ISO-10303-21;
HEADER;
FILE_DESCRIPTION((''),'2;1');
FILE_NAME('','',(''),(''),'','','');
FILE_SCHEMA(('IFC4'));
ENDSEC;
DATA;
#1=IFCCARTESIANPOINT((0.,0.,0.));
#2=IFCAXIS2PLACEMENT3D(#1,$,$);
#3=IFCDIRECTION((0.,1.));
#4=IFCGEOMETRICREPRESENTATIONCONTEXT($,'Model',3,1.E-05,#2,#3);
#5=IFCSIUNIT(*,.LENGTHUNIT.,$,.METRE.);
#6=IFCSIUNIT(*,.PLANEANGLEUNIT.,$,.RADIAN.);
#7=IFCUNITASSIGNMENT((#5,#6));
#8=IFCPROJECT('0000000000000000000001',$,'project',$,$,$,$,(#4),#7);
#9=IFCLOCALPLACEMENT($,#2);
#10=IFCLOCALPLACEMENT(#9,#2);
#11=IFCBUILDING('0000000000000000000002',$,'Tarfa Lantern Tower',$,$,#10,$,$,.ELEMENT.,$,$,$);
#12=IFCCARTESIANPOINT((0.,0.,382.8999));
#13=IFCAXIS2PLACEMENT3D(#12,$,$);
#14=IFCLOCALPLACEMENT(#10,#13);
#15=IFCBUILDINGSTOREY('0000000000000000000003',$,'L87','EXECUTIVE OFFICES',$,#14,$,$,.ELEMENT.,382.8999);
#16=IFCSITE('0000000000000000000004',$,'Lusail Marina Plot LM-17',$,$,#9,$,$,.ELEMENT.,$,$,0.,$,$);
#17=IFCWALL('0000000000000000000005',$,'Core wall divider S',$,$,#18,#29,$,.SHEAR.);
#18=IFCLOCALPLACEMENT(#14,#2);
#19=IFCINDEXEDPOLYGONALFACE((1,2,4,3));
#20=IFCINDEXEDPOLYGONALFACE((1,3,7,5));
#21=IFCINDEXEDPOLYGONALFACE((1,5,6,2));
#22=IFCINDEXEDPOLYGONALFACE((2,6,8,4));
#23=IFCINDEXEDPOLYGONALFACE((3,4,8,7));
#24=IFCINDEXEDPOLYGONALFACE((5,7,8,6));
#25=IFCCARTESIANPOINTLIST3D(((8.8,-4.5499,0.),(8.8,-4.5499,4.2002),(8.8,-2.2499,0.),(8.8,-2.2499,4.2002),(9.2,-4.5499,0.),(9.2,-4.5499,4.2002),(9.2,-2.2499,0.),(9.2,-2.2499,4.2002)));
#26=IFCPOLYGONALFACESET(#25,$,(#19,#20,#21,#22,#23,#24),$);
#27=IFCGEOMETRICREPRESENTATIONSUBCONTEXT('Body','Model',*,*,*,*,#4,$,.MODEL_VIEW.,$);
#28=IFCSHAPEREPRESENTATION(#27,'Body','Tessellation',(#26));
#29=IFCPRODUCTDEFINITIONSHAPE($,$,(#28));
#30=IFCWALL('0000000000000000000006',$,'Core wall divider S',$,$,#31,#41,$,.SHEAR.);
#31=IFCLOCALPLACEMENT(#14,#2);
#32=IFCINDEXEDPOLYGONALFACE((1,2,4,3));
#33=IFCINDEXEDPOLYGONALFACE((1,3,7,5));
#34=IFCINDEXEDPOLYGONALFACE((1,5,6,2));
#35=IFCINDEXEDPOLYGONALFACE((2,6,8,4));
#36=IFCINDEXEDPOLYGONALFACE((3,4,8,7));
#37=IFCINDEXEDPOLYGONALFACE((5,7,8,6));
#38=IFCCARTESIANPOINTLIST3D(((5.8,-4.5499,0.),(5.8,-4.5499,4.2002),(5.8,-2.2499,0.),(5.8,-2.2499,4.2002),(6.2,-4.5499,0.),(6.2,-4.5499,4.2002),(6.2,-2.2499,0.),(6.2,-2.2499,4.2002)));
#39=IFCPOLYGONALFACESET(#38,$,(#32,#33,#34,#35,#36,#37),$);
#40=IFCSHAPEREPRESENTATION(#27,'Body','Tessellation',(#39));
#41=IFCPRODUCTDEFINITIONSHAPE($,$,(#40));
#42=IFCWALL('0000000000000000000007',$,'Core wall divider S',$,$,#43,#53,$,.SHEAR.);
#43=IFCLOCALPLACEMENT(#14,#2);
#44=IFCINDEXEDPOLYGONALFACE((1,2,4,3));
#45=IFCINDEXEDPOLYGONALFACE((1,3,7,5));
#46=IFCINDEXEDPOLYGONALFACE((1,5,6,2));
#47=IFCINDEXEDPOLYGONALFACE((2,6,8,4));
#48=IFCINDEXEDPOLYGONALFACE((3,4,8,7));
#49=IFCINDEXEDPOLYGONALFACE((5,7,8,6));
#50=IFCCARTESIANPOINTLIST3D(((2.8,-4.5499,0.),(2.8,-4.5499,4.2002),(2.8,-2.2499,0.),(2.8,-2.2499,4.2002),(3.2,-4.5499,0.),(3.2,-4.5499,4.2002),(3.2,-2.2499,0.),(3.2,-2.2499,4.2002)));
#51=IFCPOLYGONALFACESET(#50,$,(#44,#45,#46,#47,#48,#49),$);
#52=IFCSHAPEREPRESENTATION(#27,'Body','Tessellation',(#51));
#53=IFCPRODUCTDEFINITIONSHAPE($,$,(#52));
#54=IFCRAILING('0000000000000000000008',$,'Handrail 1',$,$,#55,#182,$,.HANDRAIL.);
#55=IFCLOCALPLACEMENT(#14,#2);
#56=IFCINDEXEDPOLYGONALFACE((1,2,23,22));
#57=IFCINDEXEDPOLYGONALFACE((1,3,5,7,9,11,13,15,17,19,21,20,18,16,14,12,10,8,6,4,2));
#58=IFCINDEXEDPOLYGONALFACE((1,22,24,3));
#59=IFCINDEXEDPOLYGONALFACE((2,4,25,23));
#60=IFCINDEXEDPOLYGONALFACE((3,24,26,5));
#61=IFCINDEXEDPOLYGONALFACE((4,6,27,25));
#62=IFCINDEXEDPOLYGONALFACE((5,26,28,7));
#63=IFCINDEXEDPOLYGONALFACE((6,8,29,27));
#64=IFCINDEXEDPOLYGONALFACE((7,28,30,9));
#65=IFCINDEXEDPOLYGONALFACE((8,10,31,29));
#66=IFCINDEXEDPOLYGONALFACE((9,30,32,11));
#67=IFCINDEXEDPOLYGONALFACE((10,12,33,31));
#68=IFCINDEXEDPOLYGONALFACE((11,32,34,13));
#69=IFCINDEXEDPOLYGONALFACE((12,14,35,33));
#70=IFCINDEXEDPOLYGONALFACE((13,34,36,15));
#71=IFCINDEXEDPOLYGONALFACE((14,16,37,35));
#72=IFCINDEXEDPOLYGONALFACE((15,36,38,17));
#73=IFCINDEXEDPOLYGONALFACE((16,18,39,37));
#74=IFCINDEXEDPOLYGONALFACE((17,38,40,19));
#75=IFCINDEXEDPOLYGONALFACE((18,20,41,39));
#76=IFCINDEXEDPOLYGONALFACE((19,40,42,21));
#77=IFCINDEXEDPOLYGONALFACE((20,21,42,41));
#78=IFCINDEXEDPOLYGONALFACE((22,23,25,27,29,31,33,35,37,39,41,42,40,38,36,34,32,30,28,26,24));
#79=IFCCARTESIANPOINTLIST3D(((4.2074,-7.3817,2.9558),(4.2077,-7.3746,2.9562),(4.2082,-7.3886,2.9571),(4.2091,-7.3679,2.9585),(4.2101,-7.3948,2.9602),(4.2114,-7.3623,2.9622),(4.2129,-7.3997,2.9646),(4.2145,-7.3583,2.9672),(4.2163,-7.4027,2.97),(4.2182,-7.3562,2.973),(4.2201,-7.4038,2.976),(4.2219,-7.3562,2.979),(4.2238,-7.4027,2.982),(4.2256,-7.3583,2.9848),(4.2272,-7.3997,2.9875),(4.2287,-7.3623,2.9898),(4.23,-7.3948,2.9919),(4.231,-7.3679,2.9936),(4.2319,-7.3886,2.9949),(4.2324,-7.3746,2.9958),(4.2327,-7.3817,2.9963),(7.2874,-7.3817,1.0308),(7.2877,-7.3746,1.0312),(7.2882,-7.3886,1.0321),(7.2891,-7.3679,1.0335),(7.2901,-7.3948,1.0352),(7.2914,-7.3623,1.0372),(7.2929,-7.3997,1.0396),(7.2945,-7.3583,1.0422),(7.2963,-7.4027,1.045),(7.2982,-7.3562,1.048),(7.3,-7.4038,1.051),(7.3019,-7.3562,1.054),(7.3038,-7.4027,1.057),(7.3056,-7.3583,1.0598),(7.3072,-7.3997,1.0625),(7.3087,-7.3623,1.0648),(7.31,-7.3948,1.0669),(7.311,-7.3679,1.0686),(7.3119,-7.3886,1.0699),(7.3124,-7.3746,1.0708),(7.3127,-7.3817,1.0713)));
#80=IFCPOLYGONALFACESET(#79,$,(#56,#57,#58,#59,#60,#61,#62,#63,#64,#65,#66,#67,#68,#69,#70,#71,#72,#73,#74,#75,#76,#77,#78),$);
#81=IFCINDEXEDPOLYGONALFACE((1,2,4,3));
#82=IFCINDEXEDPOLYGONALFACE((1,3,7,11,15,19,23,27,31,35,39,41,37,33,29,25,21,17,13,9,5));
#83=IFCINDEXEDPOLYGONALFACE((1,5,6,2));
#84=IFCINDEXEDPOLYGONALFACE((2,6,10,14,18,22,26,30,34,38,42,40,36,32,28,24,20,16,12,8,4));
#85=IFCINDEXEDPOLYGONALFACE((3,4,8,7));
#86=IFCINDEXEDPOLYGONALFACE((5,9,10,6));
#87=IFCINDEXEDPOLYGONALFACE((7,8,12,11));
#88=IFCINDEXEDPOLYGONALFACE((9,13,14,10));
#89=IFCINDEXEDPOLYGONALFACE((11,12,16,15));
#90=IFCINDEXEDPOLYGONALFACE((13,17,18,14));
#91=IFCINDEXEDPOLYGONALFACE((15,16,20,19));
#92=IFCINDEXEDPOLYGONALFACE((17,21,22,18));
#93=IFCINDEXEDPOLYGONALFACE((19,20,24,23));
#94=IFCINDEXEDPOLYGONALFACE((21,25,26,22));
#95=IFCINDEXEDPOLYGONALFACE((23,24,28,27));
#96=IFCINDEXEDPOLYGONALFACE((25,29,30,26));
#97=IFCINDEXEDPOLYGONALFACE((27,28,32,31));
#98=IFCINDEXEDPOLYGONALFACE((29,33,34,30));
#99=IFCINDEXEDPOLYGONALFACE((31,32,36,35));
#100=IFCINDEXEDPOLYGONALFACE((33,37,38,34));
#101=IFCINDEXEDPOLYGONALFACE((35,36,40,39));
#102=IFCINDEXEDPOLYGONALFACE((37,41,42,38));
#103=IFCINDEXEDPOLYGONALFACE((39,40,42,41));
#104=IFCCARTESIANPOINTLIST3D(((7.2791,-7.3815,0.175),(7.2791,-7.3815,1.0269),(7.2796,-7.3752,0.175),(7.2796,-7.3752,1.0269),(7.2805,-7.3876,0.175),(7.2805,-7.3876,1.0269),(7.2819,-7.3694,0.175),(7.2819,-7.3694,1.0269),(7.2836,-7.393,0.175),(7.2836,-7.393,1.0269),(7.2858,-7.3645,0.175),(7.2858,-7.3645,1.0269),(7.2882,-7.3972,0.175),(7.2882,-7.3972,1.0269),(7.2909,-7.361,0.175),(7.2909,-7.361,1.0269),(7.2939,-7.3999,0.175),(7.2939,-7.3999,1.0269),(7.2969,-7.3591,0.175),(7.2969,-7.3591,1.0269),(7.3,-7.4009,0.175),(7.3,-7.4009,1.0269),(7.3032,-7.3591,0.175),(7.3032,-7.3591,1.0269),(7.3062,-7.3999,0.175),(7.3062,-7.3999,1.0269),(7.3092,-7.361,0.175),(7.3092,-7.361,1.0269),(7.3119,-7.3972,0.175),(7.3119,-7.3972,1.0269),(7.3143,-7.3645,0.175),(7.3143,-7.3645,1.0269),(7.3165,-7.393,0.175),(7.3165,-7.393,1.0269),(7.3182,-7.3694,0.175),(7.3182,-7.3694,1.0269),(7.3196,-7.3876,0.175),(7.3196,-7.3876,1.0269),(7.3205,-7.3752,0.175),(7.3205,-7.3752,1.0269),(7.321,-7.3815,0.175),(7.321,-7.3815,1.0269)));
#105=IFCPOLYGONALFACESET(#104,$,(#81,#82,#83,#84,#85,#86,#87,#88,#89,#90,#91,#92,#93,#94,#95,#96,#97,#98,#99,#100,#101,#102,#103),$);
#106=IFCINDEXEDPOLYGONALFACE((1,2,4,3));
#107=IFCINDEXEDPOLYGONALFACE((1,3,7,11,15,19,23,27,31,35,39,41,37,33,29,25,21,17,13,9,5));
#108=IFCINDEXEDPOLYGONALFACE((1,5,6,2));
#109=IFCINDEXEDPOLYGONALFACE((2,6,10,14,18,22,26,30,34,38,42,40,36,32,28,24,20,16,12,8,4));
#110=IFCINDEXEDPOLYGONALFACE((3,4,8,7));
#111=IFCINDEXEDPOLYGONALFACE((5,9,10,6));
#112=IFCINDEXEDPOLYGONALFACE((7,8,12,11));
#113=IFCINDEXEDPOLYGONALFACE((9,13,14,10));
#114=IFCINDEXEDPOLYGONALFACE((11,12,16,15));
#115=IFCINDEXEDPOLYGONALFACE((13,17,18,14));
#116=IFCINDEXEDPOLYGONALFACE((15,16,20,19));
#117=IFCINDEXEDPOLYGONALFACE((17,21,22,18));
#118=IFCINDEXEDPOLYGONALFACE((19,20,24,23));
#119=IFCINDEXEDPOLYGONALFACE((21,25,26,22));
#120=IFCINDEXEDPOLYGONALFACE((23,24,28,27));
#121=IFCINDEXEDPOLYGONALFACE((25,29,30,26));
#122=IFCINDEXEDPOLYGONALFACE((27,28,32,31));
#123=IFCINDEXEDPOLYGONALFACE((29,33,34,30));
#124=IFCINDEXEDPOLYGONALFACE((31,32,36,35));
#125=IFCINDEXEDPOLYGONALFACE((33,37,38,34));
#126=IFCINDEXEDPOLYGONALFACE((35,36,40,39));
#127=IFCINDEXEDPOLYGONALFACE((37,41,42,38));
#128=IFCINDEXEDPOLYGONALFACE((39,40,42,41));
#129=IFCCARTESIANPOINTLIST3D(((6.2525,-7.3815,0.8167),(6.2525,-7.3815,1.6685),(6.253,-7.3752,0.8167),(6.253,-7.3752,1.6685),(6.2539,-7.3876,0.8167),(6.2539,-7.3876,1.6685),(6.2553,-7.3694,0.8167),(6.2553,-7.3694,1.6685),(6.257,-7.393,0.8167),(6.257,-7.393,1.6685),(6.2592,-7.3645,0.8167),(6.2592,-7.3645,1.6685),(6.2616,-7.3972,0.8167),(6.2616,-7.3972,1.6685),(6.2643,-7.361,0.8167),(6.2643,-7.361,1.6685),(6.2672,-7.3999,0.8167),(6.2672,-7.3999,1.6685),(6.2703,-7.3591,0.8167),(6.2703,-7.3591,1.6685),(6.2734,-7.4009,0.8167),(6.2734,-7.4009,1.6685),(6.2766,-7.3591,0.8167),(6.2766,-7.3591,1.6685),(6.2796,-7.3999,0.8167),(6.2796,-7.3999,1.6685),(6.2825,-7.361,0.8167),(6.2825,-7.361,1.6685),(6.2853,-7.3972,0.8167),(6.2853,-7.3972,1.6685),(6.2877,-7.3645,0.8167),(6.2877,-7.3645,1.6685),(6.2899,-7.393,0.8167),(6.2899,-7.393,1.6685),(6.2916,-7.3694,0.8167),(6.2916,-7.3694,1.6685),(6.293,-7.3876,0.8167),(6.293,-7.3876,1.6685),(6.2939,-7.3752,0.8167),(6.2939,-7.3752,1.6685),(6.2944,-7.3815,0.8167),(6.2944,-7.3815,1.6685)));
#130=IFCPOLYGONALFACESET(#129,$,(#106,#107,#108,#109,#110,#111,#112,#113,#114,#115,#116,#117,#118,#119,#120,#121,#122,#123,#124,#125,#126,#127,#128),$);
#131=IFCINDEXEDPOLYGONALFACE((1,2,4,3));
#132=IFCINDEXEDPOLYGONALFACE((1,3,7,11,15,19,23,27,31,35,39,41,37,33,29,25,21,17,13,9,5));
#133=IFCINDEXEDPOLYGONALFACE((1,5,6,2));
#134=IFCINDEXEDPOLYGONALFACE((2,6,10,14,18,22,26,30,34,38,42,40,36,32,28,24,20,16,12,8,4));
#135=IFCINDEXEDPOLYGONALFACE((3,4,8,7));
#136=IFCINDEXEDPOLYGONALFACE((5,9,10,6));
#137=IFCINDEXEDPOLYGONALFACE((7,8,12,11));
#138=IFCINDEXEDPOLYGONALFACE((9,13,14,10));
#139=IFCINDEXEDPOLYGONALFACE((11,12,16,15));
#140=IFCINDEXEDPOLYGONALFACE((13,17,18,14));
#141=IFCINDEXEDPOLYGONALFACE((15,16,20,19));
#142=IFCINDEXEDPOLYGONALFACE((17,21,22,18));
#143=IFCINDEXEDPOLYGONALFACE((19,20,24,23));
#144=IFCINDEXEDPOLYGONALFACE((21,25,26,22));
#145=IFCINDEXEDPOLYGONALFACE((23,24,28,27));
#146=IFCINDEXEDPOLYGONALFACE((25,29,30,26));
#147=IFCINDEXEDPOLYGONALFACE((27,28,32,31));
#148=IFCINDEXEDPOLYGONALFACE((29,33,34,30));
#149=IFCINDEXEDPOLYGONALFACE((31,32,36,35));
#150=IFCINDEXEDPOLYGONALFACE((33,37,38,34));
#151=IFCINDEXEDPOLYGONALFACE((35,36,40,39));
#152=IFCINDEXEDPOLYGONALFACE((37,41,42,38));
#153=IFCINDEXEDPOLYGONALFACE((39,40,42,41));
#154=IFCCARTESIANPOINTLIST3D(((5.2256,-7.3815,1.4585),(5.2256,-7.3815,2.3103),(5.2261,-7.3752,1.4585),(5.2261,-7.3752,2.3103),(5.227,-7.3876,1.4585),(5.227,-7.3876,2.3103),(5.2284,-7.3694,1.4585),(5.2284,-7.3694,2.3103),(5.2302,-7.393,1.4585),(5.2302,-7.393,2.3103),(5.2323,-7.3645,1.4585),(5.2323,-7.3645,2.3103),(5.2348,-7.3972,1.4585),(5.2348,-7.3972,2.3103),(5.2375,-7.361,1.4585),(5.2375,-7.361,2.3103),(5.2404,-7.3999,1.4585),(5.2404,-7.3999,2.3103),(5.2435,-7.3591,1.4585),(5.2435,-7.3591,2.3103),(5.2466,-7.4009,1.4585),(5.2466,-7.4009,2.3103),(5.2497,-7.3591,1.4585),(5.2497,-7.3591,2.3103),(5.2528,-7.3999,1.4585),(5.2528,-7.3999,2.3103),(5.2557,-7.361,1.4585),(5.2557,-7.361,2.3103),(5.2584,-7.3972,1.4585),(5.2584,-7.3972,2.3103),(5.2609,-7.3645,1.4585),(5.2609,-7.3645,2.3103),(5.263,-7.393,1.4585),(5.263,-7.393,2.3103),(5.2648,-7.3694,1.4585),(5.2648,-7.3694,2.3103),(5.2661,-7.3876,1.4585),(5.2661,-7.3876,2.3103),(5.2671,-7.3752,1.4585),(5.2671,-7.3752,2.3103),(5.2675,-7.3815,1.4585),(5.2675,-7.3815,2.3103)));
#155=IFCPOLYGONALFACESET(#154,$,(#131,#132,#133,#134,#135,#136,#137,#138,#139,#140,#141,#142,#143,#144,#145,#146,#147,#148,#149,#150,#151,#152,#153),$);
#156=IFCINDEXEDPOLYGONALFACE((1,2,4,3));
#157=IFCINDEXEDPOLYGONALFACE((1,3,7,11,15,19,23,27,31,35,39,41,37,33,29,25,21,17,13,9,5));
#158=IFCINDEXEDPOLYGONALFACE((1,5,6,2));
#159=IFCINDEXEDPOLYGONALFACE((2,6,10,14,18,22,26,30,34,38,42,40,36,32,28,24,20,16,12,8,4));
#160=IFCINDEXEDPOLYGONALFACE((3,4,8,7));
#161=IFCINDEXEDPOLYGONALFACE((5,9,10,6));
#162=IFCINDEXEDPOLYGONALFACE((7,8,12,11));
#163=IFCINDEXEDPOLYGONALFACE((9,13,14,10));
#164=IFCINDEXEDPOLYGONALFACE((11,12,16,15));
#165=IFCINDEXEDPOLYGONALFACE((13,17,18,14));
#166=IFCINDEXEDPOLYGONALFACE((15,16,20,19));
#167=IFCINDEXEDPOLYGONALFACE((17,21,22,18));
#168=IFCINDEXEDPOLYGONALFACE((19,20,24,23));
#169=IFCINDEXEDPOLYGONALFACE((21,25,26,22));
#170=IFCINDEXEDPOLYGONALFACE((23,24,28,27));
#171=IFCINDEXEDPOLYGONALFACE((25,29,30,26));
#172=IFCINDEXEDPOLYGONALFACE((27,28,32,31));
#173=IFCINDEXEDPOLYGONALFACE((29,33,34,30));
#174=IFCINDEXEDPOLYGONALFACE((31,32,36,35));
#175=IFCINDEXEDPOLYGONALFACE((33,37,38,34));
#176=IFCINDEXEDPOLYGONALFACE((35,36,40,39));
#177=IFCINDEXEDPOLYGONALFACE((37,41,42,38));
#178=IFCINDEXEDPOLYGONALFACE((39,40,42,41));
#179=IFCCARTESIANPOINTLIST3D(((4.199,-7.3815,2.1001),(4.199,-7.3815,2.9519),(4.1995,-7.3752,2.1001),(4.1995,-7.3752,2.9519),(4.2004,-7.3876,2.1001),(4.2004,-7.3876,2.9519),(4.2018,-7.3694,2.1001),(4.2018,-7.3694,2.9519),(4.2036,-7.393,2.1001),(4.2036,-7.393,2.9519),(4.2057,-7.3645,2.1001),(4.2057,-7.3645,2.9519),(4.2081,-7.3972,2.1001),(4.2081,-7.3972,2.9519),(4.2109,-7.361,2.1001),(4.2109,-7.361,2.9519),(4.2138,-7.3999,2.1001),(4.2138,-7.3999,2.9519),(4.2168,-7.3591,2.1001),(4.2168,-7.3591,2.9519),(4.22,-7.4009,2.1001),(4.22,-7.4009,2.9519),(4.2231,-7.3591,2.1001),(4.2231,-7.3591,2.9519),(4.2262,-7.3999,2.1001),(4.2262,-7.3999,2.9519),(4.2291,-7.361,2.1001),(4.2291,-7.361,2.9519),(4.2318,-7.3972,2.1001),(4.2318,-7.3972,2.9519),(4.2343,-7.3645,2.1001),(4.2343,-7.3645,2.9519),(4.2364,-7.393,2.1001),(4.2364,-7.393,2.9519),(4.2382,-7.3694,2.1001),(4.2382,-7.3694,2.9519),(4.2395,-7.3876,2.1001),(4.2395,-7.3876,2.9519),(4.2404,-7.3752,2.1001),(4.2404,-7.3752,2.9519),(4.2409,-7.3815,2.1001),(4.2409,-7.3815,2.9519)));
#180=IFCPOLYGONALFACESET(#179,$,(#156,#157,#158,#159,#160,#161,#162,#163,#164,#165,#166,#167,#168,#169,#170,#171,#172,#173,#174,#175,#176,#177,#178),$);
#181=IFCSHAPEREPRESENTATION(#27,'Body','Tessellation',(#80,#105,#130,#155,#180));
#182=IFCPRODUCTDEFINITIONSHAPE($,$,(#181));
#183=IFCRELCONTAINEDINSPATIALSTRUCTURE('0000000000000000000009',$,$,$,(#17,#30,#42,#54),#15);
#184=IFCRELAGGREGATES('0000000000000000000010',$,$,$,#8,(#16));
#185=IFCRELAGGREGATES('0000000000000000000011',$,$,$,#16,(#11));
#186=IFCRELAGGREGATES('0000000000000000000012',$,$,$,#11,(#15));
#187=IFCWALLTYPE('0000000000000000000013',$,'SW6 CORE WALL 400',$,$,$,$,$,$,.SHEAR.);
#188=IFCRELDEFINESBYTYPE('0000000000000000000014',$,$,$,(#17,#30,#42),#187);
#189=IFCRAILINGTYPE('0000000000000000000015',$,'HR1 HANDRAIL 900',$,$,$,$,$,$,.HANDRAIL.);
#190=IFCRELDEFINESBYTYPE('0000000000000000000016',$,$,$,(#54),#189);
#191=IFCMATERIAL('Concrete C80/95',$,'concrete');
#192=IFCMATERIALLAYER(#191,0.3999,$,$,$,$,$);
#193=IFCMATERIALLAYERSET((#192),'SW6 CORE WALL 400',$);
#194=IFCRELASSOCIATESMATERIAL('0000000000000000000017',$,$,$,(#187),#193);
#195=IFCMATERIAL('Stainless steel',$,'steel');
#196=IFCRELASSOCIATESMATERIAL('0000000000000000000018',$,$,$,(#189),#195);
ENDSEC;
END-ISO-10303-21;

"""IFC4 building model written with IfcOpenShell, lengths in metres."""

from ifc_helpers import new_model, si_unit, direction, frame, frame_2d, origin, origin_2d, place, context, subcontext, project, spatial, rectangle, circle, extrude, material, layer, layer_set, type_object, element, save


model = new_model("IFC4")

# Units and contexts
model_context = context("Model", 3, precision=1e-05, world=origin(), true_north=direction((0.0, 1.0)))
body_context = subcontext(model_context, "Body", "Model", "MODEL_VIEW")
ifc_project = project(units=[si_unit("LENGTHUNIT", "METRE"), si_unit("PLANEANGLEUNIT", "RADIAN")], contexts=[model_context])

# Site, building, storey
site_placement = place(None, origin())
site = spatial("IfcSite", under=ifc_project, at=site_placement, Name="Lusail Marina Plot LM-17", CompositionType="ELEMENT", RefElevation=0.0)
building_placement = place(site_placement, origin())
building = spatial("IfcBuilding", under=site, at=building_placement, Name="Tarfa Lantern Tower", CompositionType="ELEMENT")
storey_placement = place(building_placement, frame((0.0, 0.0, 382.8999)))
storey = spatial("IfcBuildingStorey", under=building, at=storey_placement, Name="L87", Description="EXECUTIVE OFFICES", CompositionType="ELEMENT", Elevation=382.8999)

# Shared definitions
ifc_material_1 = material(Name="Concrete C80/95", Category="concrete")

# Walls
ifc_layer_1 = layer(ifc_material_1, 0.3999)
ifc_layer_set_1 = layer_set([ifc_layer_1], Name="SW6 CORE WALL 400")
wall_type_1 = type_object("IfcWallType", Name="SW6 CORE WALL 400", PredefinedType="SHEAR", material=ifc_layer_set_1)
for number, where, z_axis, x_axis, name in (
    (1, (9.0, -2.25, 0.0), (0.0, 0.0, 1.0), (0.0, -1.0, 0.0), "Core wall divider S"),
    (2, (6.0, -2.25, 0.0), (0.0, 0.0, 1.0), (0.0, -1.0, 0.0), "Core wall divider S"),
    (3, (3.0, -2.25, 0.0), (0.0, 0.0, 1.0), (0.0, -1.0, 0.0), "Core wall divider S"),
):
    element("IfcWall", number, at=place(storey_placement, frame(where, z_axis=z_axis, x_axis=x_axis)), inside=storey, type_object=wall_type_1, Name=name, PredefinedType="SHEAR", context=body_context, shape_type="SweptSolid", body=[
        extrude(rectangle(XDim=2.3, YDim=0.3999, at=frame_2d((1.1499, 0.0))), origin(), (0.0, 0.0, 1.0), 4.2002),
    ])

# Railing
ifc_material_2 = material(Name="Stainless steel", Category="steel")
railing_type = type_object("IfcRailingType", Name="HR1 HANDRAIL 900", PredefinedType="HANDRAIL", material=ifc_material_2)
railing_placement = place(storey_placement, frame((7.3, -7.3799, 0.175)))
element("IfcRailing", 4, at=railing_placement, inside=storey, type_object=railing_type, Name="Handrail 1", PredefinedType="HANDRAIL", context=body_context, shape_type="SweptSolid", body=[
    extrude(circle(Radius=0.0239, at=origin_2d()), frame((0.0, 0.0, 0.876), z_axis=(-0.847998, 0.0, 0.529999), x_axis=(0.0, -1.0, 0.0)), (0.0, 0.0, 1.0), 3.6321),
    extrude(circle(Radius=0.021, at=origin_2d()), frame((0.0, 0.0, 0.0), z_axis=(0.0, 0.0, 1.0), x_axis=(0.0, -1.0, 0.0)), (0.0, 0.0, 1.0), 0.8518),
    extrude(circle(Radius=0.021, at=origin_2d()), frame((-1.0266, 0.0, 0.6416), z_axis=(0.0, 0.0, 1.0), x_axis=(0.0, -1.0, 0.0)), (0.0, 0.0, 1.0), 0.8518),
    extrude(circle(Radius=0.021, at=origin_2d()), frame((-2.0535, 0.0, 1.2834), z_axis=(0.0, 0.0, 1.0), x_axis=(0.0, -1.0, 0.0)), (0.0, 0.0, 1.0), 0.8518),
    extrude(circle(Radius=0.021, at=origin_2d()), frame((-3.0801, 0.0, 1.925), z_axis=(0.0, 0.0, 1.0), x_axis=(0.0, -1.0, 0.0)), (0.0, 0.0, 1.0), 0.8518),
])

save(model, "model.ifc")
